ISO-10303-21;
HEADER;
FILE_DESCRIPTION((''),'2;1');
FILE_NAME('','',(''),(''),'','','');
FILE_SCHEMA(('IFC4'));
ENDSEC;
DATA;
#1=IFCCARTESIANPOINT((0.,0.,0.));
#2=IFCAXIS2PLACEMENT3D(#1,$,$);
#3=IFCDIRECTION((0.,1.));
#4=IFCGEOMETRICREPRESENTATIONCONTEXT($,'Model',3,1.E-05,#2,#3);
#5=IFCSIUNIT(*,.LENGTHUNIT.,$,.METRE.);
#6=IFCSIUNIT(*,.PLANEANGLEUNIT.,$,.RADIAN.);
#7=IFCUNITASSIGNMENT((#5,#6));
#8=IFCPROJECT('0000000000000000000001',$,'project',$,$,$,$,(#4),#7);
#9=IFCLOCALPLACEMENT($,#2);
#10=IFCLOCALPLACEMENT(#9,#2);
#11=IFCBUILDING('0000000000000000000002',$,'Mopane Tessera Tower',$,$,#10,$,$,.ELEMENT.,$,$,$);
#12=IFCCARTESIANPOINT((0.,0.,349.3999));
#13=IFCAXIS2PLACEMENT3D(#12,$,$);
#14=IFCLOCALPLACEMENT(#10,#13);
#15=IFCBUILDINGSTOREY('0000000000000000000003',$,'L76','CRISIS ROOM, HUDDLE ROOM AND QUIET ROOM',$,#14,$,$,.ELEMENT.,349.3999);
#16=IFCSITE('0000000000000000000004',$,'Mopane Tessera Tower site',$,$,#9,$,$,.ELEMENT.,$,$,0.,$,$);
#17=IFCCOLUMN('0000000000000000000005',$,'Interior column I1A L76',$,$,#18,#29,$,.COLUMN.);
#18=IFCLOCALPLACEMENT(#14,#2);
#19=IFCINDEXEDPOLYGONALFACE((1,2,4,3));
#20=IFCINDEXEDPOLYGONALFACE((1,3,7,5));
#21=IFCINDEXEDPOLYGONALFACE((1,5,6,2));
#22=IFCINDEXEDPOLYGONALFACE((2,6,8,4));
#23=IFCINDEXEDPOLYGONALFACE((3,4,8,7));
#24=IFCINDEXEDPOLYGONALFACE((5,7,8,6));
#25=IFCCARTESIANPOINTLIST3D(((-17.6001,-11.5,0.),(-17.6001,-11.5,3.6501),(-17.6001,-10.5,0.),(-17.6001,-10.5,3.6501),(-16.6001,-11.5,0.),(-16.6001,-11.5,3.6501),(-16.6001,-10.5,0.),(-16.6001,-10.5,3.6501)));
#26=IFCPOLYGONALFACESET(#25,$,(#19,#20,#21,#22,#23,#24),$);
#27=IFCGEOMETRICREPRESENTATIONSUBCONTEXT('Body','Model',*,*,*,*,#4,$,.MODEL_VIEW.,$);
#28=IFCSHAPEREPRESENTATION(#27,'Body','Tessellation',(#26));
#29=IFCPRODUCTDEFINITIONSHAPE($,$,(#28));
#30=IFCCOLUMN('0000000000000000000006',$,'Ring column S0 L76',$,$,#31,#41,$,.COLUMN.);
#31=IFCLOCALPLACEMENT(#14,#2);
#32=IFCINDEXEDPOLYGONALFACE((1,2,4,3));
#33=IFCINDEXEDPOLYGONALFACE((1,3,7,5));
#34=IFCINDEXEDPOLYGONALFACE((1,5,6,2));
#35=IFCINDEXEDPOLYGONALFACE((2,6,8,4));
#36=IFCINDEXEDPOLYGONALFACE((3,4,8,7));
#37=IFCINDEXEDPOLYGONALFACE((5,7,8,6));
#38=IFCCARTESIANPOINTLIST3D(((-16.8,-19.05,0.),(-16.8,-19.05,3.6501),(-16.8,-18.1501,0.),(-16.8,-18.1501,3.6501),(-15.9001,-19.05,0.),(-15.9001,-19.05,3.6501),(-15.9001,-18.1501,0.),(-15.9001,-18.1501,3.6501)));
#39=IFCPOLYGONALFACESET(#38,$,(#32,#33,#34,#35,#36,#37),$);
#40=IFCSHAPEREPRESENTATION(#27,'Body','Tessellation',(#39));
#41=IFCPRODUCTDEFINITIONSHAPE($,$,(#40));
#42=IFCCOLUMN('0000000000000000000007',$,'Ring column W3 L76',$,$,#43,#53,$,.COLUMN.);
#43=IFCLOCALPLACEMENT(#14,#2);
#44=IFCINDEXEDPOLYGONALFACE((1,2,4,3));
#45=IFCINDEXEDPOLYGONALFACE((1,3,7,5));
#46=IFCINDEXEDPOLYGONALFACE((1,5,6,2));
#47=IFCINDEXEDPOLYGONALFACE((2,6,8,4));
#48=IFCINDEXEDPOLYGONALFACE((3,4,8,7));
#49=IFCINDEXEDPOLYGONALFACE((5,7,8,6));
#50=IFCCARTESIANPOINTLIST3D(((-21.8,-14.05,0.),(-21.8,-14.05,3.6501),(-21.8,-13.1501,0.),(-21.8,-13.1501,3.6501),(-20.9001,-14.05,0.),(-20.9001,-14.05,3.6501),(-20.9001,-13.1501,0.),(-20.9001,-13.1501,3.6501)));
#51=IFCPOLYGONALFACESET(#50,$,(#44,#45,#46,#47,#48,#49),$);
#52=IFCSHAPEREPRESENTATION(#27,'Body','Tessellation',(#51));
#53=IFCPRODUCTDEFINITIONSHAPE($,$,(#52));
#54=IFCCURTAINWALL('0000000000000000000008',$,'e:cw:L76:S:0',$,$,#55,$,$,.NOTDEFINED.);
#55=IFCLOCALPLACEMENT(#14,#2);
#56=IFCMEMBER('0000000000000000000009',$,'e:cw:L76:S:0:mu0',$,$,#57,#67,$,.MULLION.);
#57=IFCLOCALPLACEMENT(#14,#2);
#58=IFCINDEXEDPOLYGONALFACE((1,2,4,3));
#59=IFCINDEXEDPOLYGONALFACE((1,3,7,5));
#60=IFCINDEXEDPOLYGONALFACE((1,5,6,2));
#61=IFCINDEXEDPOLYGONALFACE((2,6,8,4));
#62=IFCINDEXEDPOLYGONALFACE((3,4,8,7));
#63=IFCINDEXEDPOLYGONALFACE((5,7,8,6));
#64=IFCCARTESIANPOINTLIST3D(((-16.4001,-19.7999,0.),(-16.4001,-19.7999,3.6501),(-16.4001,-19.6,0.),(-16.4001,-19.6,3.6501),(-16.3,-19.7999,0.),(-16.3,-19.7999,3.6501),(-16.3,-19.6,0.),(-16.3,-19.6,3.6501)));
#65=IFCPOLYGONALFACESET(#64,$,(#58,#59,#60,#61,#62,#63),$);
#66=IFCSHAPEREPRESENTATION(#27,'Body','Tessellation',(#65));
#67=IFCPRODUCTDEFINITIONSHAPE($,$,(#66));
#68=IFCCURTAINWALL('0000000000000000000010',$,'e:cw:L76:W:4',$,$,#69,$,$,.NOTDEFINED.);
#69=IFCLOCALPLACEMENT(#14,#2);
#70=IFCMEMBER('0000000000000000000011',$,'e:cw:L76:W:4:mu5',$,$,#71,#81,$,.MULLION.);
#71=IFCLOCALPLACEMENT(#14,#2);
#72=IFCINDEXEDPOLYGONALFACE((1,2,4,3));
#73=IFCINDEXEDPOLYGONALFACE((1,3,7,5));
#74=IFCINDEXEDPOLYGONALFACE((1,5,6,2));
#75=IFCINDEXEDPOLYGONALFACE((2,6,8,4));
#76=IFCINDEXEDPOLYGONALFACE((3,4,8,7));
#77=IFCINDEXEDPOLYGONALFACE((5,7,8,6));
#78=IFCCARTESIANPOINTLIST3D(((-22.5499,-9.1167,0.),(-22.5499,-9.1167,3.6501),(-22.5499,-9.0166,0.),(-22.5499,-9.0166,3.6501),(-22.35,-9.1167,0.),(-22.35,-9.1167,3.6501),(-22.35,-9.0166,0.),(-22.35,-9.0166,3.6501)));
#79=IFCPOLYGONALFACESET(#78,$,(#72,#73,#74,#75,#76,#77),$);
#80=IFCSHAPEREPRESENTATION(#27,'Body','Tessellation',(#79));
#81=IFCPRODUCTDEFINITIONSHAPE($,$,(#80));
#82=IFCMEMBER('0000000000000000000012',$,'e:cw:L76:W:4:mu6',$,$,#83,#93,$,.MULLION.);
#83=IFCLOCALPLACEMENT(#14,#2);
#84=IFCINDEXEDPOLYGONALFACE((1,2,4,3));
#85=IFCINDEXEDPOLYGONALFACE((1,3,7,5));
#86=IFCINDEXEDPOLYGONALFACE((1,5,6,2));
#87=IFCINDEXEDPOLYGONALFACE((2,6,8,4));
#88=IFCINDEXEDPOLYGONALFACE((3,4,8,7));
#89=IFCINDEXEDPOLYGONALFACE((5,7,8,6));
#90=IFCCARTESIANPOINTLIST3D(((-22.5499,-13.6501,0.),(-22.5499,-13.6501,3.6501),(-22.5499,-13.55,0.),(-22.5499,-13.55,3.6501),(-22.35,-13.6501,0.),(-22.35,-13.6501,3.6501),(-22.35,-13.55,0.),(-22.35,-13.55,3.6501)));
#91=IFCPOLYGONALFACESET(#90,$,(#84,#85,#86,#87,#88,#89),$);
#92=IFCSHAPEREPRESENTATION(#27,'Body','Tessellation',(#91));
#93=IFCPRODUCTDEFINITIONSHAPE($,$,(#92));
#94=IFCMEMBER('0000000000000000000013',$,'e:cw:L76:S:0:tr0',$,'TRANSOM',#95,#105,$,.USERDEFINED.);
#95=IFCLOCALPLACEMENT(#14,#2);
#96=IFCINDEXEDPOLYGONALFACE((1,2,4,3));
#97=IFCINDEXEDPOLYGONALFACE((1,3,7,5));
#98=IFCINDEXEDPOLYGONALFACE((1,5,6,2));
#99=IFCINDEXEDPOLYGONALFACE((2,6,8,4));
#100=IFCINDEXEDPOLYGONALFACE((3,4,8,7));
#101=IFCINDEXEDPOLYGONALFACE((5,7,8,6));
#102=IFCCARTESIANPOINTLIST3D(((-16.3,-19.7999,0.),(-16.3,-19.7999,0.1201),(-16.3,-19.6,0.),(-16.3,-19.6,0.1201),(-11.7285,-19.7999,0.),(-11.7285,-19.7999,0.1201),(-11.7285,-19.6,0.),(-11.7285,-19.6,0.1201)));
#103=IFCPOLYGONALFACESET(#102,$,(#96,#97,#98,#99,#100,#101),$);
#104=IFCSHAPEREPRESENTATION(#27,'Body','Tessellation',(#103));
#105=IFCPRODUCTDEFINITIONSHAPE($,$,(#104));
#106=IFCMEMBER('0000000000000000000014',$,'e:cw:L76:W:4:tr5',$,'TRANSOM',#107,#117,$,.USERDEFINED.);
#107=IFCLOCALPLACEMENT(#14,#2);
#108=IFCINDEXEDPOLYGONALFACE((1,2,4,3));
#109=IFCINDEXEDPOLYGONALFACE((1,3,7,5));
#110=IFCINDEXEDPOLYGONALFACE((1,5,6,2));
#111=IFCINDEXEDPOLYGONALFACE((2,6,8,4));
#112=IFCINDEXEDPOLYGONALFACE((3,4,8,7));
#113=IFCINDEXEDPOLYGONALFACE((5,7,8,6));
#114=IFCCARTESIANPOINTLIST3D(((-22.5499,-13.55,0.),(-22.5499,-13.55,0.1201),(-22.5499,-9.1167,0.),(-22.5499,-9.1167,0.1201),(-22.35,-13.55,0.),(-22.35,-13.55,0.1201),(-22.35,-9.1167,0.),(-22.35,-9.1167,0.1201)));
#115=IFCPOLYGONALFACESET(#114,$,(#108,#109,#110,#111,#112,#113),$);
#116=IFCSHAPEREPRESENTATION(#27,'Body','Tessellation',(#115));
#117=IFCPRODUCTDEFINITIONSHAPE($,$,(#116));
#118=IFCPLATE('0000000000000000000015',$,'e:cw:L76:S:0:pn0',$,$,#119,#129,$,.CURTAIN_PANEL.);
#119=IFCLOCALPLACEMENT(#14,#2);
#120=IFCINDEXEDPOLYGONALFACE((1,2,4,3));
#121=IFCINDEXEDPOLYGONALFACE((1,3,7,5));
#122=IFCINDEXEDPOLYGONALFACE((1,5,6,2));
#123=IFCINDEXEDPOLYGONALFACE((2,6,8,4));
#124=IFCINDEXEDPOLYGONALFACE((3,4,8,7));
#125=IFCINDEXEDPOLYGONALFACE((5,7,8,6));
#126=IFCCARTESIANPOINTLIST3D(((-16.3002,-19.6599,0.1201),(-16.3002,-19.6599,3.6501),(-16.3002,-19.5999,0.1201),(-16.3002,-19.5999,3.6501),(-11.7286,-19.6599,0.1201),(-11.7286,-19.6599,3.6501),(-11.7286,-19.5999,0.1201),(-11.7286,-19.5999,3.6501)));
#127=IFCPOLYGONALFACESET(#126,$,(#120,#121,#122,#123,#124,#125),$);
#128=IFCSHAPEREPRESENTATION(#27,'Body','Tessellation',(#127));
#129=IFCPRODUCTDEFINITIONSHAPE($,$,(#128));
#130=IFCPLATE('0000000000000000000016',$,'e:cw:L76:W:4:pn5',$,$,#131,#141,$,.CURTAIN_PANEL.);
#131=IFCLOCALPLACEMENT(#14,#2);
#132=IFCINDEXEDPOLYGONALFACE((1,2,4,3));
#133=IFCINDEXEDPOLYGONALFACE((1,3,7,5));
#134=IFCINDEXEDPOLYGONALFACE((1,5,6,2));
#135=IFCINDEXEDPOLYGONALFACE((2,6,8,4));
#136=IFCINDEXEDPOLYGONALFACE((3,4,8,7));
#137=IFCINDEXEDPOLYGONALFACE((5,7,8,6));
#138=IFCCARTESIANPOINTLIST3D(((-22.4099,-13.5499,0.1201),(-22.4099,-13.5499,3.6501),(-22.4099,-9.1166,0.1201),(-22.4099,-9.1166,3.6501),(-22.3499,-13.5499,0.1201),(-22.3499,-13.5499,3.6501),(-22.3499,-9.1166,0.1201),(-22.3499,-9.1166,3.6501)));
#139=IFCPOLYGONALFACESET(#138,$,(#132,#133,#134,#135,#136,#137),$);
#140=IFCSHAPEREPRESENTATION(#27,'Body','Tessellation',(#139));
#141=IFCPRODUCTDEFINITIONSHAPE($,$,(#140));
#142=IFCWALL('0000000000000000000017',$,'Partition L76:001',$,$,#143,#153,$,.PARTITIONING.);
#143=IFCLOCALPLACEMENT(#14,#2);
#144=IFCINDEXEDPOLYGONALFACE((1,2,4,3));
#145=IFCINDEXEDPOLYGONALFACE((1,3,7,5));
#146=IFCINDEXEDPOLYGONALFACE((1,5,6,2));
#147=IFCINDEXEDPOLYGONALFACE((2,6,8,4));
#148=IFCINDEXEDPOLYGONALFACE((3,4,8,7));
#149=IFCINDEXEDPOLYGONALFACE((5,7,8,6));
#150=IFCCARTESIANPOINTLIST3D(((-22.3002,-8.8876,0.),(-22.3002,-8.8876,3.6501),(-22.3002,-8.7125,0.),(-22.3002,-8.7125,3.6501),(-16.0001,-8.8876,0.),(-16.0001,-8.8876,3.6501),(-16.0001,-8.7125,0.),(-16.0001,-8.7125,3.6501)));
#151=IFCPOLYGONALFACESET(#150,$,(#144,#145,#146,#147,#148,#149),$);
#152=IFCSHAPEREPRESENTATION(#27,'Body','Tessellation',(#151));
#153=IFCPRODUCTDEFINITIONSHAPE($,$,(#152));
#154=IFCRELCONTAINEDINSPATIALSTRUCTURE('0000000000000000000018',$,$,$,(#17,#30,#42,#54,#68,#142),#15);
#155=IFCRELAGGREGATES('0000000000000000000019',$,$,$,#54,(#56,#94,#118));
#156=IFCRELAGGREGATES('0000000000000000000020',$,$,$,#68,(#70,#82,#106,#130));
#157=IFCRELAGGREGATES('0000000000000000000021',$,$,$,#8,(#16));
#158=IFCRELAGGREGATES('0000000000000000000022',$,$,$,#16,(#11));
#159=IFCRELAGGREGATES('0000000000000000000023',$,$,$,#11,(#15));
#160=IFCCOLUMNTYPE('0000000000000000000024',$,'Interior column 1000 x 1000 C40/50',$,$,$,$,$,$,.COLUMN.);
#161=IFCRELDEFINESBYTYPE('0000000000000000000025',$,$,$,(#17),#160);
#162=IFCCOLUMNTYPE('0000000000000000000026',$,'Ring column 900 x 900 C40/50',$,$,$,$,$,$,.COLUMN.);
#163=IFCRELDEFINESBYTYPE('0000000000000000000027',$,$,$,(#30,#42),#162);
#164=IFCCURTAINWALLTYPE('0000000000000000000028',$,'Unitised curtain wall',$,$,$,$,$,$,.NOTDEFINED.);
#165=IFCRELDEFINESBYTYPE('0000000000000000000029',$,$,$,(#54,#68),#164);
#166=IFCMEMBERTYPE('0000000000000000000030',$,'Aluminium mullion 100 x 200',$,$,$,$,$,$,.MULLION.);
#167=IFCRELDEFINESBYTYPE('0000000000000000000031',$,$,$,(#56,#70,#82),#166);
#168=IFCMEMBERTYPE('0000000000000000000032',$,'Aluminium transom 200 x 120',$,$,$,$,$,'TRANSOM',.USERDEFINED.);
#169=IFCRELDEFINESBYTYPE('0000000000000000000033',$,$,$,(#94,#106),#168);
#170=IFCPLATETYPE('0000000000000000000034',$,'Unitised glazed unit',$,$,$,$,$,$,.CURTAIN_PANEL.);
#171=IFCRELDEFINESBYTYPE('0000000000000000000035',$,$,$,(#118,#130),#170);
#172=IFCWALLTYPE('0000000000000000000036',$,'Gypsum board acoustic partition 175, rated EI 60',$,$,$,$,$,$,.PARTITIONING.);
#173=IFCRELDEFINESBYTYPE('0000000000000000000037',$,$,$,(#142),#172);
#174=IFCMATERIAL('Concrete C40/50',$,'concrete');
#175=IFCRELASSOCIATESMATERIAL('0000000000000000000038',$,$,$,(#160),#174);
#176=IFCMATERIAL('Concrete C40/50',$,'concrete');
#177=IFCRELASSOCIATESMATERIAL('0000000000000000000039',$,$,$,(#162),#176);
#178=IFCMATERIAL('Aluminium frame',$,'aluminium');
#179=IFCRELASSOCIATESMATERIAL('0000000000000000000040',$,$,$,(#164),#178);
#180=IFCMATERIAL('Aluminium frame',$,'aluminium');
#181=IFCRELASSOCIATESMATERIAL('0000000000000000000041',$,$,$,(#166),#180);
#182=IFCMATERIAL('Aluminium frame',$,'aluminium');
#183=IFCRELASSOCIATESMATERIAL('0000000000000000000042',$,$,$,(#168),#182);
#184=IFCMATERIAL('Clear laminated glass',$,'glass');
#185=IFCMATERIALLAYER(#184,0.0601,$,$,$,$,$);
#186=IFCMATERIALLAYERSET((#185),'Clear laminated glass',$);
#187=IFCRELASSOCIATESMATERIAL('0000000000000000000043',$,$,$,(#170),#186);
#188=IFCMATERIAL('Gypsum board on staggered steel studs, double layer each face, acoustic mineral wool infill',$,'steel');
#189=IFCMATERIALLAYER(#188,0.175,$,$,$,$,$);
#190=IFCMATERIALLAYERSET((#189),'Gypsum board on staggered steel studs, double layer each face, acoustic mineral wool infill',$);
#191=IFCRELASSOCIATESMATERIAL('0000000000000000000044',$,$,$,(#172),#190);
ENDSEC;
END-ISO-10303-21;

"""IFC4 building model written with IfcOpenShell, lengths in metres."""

from ifc_helpers import new_model, si_unit, direction, frame, frame_2d, origin, origin_2d, place, context, subcontext, project, spatial, rectangle, extrude, material, layer, layer_set, material_profile, profile_set, type_object, element, aggregate, save


model = new_model("IFC4")

# Units and contexts
model_context = context("Model", 3, precision=1e-05, world=origin(), true_north=direction((0.0, 1.0)))
body_context = subcontext(model_context, "Body", "Model", "MODEL_VIEW")
ifc_project = project(units=[si_unit("LENGTHUNIT", "METRE"), si_unit("PLANEANGLEUNIT", "RADIAN")], contexts=[model_context])

# Site, building, storey
site_placement = place(None, origin())
site = spatial("IfcSite", under=ifc_project, at=site_placement, Name="Mopane Tessera Tower site", CompositionType="ELEMENT", RefElevation=0.0)
building_placement = place(site_placement, origin())
building = spatial("IfcBuilding", under=site, at=building_placement, Name="Mopane Tessera Tower", CompositionType="ELEMENT")
storey_placement = place(building_placement, frame((0.0, 0.0, 349.3999)))
storey = spatial("IfcBuildingStorey", under=building, at=storey_placement, Name="L76", Description="CRISIS ROOM, HUDDLE ROOM AND QUIET ROOM", CompositionType="ELEMENT", Elevation=349.3999)

# Columns
ifc_material_1 = material(Name="Concrete C40/50", Category="concrete")
ifc_material_profile_1 = material_profile(ifc_material_1, rectangle(XDim=1.0, YDim=1.0, at=origin_2d()))
ifc_profile_set_1 = profile_set([ifc_material_profile_1], Name="Concrete C40/50")
column_type_1 = type_object("IfcColumnType", Name="Interior column 1000 x 1000 C40/50", PredefinedType="COLUMN", material=ifc_profile_set_1)
column_placement = place(storey_placement, frame((-17.1001, -11.0, 0.0), z_axis=(0.0, 0.0, 1.0), x_axis=(1.0, 0.0, 0.0)))
element("IfcColumn", 1, at=column_placement, inside=storey, type_object=column_type_1, Name="Interior column I1A L76", PredefinedType="COLUMN", context=body_context, shape_type="SweptSolid", body=[
    extrude(rectangle(XDim=1.0, YDim=1.0, at=origin_2d()), origin(), (0.0, 0.0, 1.0), 3.6501),
])
ifc_material_2 = material(Name="Concrete C40/50", Category="concrete")
ifc_material_profile_2 = material_profile(ifc_material_2, rectangle(XDim=0.8999, YDim=0.8999, at=origin_2d()))
ifc_profile_set_2 = profile_set([ifc_material_profile_2], Name="Concrete C40/50")
column_type_2 = type_object("IfcColumnType", Name="Ring column 900 x 900 C40/50", PredefinedType="COLUMN", material=ifc_profile_set_2)
for number, where, z_axis, x_axis, name in (
    (2, (-16.3501, -18.6001, 0.0), (0.0, 0.0, 1.0), (1.0, 0.0, 0.0), "Ring column S0 L76"),
    (3, (-21.3501, -13.6001, 0.0), (0.0, 0.0, 1.0), (1.0, 0.0, 0.0), "Ring column W3 L76"),
):
    element("IfcColumn", number, at=place(storey_placement, frame(where, z_axis=z_axis, x_axis=x_axis)), inside=storey, type_object=column_type_2, Name=name, PredefinedType="COLUMN", context=body_context, shape_type="SweptSolid", body=[
        extrude(rectangle(XDim=0.8999, YDim=0.8999, at=origin_2d()), origin(), (0.0, 0.0, 1.0), 3.6501),
    ])

# Curtain wall, member
ifc_material_3 = material(Name="Aluminium frame", Category="aluminium")
curtain_wall_type = type_object("IfcCurtainWallType", Name="Unitised curtain wall", PredefinedType="NOTDEFINED", material=ifc_material_3)
curtain_wall_1_placement = place(storey_placement, origin())
curtain_wall_1 = element("IfcCurtainWall", 4, at=curtain_wall_1_placement, inside=storey, type_object=curtain_wall_type, Name="e:cw:L76:S:0", PredefinedType="NOTDEFINED")
ifc_material_4 = material(Name="Aluminium frame", Category="aluminium")
ifc_material_profile_3 = material_profile(ifc_material_4, rectangle(XDim=0.1001, YDim=0.2, at=origin_2d()))
ifc_profile_set_3 = profile_set([ifc_material_profile_3], Name="Aluminium frame")
member_type_1 = type_object("IfcMemberType", Name="Aluminium mullion 100 x 200", PredefinedType="MULLION", material=ifc_profile_set_3)
member_1_placement = place(storey_placement, frame((-16.3501, -19.7, 0.0), z_axis=(0.0, 0.0, 1.0), x_axis=(1.0, 0.0, 0.0)))
member_1 = element("IfcMember", 5, at=member_1_placement, type_object=member_type_1, Name="e:cw:L76:S:0:mu0", PredefinedType="MULLION", context=body_context, shape_type="SweptSolid", body=[
    extrude(rectangle(XDim=0.1001, YDim=0.2, at=origin_2d()), origin(), (0.0, 0.0, 1.0), 3.6501),
])

# Curtain wall, members
curtain_wall_2_placement = place(storey_placement, origin())
curtain_wall_2 = element("IfcCurtainWall", 6, at=curtain_wall_2_placement, inside=storey, type_object=curtain_wall_type, Name="e:cw:L76:W:4", PredefinedType="NOTDEFINED")
member_2_placement = place(storey_placement, frame((-22.45, -9.0667, 0.0), z_axis=(0.0, 0.0, 1.0), x_axis=(0.0, -1.0, 0.0)))
member_2 = element("IfcMember", 7, at=member_2_placement, type_object=member_type_1, Name="e:cw:L76:W:4:mu5", PredefinedType="MULLION", context=body_context, shape_type="SweptSolid", body=[
    extrude(rectangle(XDim=0.1001, YDim=0.2, at=origin_2d()), origin(), (0.0, 0.0, 1.0), 3.6501),
])
member_3_placement = place(storey_placement, frame((-22.45, -13.6001, 0.0), z_axis=(0.0, 0.0, 1.0), x_axis=(0.0, -1.0, 0.0)))
member_3 = element("IfcMember", 8, at=member_3_placement, type_object=member_type_1, Name="e:cw:L76:W:4:mu6", PredefinedType="MULLION", context=body_context, shape_type="SweptSolid", body=[
    extrude(rectangle(XDim=0.1001, YDim=0.2, at=origin_2d()), origin(), (0.0, 0.0, 1.0), 3.6501),
])

# Members
ifc_material_5 = material(Name="Aluminium frame", Category="aluminium")
ifc_material_profile_4 = material_profile(ifc_material_5, rectangle(XDim=0.2, YDim=0.1201, at=origin_2d()))
ifc_profile_set_4 = profile_set([ifc_material_profile_4], Name="Aluminium frame")
member_type_2 = type_object("IfcMemberType", Name="Aluminium transom 200 x 120", ElementType="TRANSOM", PredefinedType="USERDEFINED", material=ifc_profile_set_4)
member_4_placement = place(storey_placement, frame((-16.3, -19.7, 0.0601), z_axis=(1.0, 0.0, 0.0), x_axis=(0.0, 1.0, 0.0)))
member_4 = element("IfcMember", 9, at=member_4_placement, type_object=member_type_2, Name="e:cw:L76:S:0:tr0", ObjectType="TRANSOM", PredefinedType="USERDEFINED", context=body_context, shape_type="SweptSolid", body=[
    extrude(rectangle(XDim=0.2, YDim=0.1201, at=origin_2d()), origin(), (0.0, 0.0, 1.0), 4.5715),
])
member_5_placement = place(storey_placement, frame((-22.45, -9.1167, 0.0601), z_axis=(0.0, -1.0, 0.0), x_axis=(1.0, 0.0, 0.0)))
member_5 = element("IfcMember", 10, at=member_5_placement, type_object=member_type_2, Name="e:cw:L76:W:4:tr5", ObjectType="TRANSOM", PredefinedType="USERDEFINED", context=body_context, shape_type="SweptSolid", body=[
    extrude(rectangle(XDim=0.2, YDim=0.1201, at=origin_2d()), origin(), (0.0, 0.0, 1.0), 4.4333),
])

# Plates
ifc_material_6 = material(Name="Clear laminated glass", Category="glass")
ifc_layer_1 = layer(ifc_material_6, 0.0601)
ifc_layer_set_1 = layer_set([ifc_layer_1], Name="Clear laminated glass")
plate_type = type_object("IfcPlateType", Name="Unitised glazed unit", PredefinedType="CURTAIN_PANEL", material=ifc_layer_set_1)
plate_1_placement = place(storey_placement, frame((-14.0144, -19.6299, 0.1201), z_axis=(0.0, 0.0, 1.0), x_axis=(1.0, 0.0, 0.0)))
plate_1 = element("IfcPlate", 11, at=plate_1_placement, type_object=plate_type, Name="e:cw:L76:S:0:pn0", PredefinedType="CURTAIN_PANEL", context=body_context, shape_type="SweptSolid", body=[
    extrude(rectangle(XDim=4.5715, YDim=0.0601, at=origin_2d()), origin(), (0.0, 0.0, 1.0), 3.53),
])
aggregate(curtain_wall_1, [member_1, member_4, plate_1])
plate_2_placement = place(storey_placement, frame((-22.3799, -11.3333, 0.1201), z_axis=(0.0, 0.0, 1.0), x_axis=(0.0, -1.0, 0.0)))
plate_2 = element("IfcPlate", 12, at=plate_2_placement, type_object=plate_type, Name="e:cw:L76:W:4:pn5", PredefinedType="CURTAIN_PANEL", context=body_context, shape_type="SweptSolid", body=[
    extrude(rectangle(XDim=4.4333, YDim=0.0601, at=origin_2d()), origin(), (0.0, 0.0, 1.0), 3.53),
])
aggregate(curtain_wall_2, [member_2, member_3, member_5, plate_2])

# Wall
ifc_material_7 = material(Name="Gypsum board on staggered steel studs, double layer each face, acoustic mineral wool infill", Category="steel")
ifc_layer_2 = layer(ifc_material_7, 0.175)
ifc_layer_set_2 = layer_set([ifc_layer_2], Name="Gypsum board on staggered steel studs, double layer each face, acoustic mineral wool infill")
wall_type_1 = type_object("IfcWallType", Name="Gypsum board acoustic partition 175, rated EI 60", PredefinedType="PARTITIONING", material=ifc_layer_set_2)
wall_1_placement = place(storey_placement, frame((-22.3, -8.8, 0.0), z_axis=(0.0, 0.0, 1.0), x_axis=(1.0, 0.0, 0.0)))
element("IfcWall", 13, at=wall_1_placement, inside=storey, type_object=wall_type_1, Name="Partition L76:001", PredefinedType="PARTITIONING", context=body_context, shape_type="SweptSolid", body=[
    extrude(rectangle(XDim=6.3, YDim=0.175, at=frame_2d((3.1499, 0.0))), origin(), (0.0, 0.0, 1.0), 3.6501),
])

save(model, "model.ifc")
